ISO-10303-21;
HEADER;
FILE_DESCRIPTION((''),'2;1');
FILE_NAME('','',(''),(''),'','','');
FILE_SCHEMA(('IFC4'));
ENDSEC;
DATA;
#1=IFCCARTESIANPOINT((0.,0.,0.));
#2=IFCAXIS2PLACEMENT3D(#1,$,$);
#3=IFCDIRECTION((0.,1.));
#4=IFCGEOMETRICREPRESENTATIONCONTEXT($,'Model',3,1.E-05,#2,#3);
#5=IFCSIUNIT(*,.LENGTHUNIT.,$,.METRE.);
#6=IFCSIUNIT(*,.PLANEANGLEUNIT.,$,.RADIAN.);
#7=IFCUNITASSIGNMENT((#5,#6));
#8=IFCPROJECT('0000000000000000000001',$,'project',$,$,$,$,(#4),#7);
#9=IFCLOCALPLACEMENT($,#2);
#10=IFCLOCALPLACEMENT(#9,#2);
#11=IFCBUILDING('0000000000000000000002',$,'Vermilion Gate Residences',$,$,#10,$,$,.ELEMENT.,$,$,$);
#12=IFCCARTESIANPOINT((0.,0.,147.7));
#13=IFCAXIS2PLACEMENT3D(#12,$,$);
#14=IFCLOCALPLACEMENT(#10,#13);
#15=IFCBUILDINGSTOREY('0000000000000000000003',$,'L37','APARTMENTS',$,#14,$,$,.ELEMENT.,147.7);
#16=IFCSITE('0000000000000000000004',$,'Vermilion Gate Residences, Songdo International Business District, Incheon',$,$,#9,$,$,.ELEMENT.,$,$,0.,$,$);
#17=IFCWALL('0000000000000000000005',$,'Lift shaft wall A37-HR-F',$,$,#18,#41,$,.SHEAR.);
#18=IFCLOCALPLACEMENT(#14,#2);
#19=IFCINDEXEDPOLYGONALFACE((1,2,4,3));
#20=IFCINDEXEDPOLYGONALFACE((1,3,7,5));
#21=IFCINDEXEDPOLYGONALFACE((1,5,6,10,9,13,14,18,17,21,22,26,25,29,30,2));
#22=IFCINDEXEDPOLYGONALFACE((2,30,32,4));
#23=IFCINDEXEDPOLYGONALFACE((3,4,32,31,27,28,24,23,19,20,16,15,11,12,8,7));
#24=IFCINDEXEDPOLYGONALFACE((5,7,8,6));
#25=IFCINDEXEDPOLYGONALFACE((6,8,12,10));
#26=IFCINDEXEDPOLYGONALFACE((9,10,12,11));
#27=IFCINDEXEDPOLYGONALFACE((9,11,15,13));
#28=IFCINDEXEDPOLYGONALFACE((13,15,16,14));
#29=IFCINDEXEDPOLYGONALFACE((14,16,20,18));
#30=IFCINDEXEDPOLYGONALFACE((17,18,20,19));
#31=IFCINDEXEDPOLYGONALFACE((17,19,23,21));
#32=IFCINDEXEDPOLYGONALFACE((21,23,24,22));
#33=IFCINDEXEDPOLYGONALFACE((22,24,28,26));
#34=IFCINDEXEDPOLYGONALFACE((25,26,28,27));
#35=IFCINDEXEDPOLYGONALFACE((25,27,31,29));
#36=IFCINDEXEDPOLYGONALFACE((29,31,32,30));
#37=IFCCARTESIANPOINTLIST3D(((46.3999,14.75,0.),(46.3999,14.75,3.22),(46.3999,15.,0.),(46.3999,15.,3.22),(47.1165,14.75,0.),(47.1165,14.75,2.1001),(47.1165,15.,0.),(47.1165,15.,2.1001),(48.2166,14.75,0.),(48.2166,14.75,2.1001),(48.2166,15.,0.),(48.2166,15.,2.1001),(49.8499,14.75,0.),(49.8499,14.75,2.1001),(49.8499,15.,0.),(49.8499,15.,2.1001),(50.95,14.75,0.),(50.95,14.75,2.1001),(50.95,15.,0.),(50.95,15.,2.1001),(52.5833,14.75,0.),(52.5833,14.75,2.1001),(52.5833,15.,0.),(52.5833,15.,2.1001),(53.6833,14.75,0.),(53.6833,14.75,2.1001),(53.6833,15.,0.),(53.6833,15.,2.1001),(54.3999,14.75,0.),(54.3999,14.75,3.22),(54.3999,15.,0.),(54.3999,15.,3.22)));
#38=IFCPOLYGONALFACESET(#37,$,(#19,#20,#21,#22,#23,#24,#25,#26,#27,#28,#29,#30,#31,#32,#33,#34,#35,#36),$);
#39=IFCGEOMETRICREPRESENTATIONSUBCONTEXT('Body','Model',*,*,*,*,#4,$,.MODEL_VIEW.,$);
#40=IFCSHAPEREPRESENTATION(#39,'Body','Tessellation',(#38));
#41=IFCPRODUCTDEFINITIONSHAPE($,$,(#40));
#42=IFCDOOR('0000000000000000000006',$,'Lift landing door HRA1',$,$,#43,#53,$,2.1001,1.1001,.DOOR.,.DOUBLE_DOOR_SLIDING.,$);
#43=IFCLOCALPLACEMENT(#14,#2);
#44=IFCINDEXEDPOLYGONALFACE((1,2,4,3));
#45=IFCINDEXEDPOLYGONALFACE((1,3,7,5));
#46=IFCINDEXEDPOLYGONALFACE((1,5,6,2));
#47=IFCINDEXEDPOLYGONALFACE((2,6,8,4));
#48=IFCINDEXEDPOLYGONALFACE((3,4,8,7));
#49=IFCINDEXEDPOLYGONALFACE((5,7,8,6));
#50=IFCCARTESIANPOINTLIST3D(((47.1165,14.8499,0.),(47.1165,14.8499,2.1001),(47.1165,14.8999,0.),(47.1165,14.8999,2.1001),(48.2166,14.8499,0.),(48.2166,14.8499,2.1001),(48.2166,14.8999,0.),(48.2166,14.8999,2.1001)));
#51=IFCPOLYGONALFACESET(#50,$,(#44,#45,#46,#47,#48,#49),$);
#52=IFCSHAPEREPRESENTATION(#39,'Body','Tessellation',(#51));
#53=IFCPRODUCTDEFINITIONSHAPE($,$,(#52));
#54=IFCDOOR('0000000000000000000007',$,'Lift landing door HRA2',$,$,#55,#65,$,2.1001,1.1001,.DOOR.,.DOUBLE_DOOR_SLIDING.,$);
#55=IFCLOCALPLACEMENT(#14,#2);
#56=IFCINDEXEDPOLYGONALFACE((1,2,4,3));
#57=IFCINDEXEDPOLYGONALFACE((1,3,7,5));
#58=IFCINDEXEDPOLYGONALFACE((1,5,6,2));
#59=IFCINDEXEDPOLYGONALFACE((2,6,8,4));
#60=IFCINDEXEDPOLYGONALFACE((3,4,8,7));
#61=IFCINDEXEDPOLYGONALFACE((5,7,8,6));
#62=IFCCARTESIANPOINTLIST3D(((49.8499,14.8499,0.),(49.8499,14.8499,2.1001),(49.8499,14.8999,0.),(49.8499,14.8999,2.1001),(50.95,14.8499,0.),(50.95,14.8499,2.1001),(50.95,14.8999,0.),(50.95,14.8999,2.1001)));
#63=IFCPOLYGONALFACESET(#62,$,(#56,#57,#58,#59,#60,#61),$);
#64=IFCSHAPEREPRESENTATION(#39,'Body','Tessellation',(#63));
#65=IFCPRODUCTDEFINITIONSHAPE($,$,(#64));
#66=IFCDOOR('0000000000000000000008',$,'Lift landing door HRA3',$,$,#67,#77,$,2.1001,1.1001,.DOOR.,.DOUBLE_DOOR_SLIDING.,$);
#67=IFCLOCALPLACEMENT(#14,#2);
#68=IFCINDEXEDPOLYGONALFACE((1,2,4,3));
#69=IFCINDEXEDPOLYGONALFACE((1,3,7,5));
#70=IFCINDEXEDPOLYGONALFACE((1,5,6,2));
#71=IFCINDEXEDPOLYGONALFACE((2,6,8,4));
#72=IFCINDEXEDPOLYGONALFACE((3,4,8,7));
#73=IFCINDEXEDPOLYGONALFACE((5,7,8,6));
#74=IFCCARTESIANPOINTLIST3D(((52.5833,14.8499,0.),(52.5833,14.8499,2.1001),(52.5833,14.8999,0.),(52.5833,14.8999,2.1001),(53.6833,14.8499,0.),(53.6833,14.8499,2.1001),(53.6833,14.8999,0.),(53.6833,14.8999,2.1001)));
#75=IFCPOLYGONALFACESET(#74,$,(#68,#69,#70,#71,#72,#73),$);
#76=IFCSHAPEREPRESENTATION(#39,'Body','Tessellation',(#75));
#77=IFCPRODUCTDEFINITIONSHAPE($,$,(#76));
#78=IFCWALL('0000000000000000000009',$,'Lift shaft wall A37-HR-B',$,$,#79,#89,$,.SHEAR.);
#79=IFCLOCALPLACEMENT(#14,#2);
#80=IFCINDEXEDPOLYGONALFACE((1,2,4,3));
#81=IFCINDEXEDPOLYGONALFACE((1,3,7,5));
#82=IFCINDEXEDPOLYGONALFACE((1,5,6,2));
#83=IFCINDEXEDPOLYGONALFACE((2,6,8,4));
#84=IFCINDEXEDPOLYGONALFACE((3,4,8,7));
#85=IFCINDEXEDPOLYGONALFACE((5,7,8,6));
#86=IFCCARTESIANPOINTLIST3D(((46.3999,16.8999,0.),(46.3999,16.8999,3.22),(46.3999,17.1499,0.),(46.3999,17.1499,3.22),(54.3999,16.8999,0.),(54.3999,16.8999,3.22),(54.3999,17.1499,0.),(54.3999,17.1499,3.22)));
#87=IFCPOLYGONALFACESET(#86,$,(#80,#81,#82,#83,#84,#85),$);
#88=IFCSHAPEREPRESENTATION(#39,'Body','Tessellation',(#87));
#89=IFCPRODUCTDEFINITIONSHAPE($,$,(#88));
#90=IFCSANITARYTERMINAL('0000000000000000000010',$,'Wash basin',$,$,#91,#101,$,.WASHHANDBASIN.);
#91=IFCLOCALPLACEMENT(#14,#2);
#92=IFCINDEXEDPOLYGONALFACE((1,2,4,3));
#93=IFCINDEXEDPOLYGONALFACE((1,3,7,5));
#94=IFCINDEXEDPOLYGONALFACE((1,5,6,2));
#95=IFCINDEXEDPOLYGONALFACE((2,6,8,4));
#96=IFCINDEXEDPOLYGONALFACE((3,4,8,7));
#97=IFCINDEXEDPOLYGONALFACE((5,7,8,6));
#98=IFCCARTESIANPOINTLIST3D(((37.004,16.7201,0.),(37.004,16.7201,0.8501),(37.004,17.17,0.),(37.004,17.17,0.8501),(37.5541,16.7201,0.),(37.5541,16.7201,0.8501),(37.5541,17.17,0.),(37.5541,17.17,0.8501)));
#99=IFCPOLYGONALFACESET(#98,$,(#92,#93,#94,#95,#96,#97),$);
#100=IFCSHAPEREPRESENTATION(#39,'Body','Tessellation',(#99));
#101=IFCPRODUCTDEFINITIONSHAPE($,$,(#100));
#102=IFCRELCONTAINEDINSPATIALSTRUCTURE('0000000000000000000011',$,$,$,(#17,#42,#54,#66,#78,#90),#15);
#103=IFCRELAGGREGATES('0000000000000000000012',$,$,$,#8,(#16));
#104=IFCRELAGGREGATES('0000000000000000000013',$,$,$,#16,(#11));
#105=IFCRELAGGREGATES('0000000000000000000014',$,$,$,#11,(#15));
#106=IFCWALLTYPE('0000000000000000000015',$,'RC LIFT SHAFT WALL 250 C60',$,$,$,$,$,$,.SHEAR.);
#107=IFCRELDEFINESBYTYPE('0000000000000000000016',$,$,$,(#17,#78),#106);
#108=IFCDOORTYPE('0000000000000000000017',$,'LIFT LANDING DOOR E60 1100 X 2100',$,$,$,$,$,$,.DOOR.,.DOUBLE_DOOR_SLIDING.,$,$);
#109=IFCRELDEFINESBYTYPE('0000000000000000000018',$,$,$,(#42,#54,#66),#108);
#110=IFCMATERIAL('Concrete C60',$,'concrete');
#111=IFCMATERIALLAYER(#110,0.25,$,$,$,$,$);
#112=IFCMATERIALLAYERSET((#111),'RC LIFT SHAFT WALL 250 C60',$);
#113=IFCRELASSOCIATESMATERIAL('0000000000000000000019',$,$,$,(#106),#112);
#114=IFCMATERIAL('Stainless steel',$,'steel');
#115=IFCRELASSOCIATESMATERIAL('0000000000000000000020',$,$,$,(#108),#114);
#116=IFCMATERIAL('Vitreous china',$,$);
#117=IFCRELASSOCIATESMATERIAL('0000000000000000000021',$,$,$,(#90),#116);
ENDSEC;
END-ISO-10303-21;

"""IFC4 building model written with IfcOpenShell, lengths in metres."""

from ifc_helpers import new_model, si_unit, direction, frame, frame_2d, origin, origin_2d, place, context, subcontext, project, spatial, rectangle, extrude, material, layer, layer_set, type_object, element, fill, save


model = new_model("IFC4")

# Units and contexts
model_context = context("Model", 3, precision=1e-05, world=origin(), true_north=direction((0.0, 1.0)))
body_context = subcontext(model_context, "Body", "Model", "MODEL_VIEW")
ifc_project = project(units=[si_unit("LENGTHUNIT", "METRE"), si_unit("PLANEANGLEUNIT", "RADIAN")], contexts=[model_context])

# Site, building, storey
site_placement = place(None, origin())
site = spatial("IfcSite", under=ifc_project, at=site_placement, Name="Vermilion Gate Residences, Songdo International Business District, Incheon", CompositionType="ELEMENT", RefElevation=0.0)
building_placement = place(site_placement, origin())
building = spatial("IfcBuilding", under=site, at=building_placement, Name="Vermilion Gate Residences", CompositionType="ELEMENT")
storey_placement = place(building_placement, frame((0.0, 0.0, 147.7)))
storey = spatial("IfcBuildingStorey", under=building, at=storey_placement, Name="L37", Description="APARTMENTS", CompositionType="ELEMENT", Elevation=147.7)

# Wall, openings, doors
ifc_material_1 = material(Name="Concrete C60", Category="concrete")
ifc_layer_1 = layer(ifc_material_1, 0.25)
ifc_layer_set_1 = layer_set([ifc_layer_1], Name="RC LIFT SHAFT WALL 250 C60")
wall_type_1 = type_object("IfcWallType", Name="RC LIFT SHAFT WALL 250 C60", PredefinedType="SHEAR", material=ifc_layer_set_1)
wall_1_placement = place(storey_placement, frame((46.3999, 14.875, 0.0), z_axis=(0.0, 0.0, 1.0), x_axis=(1.0, 0.0, 0.0)))
wall_1 = element("IfcWall", 1, at=wall_1_placement, inside=storey, type_object=wall_type_1, Name="Lift shaft wall A37-HR-F", PredefinedType="SHEAR", context=body_context, shape_type="SweptSolid", body=[
    extrude(rectangle(XDim=8.0, YDim=0.25, at=frame_2d((4.0, 0.0))), origin(), (0.0, 0.0, 1.0), 3.22),
])
opening_1_placement = place(wall_1_placement, frame((0.7166, 0.0, 0.0)))
opening_1 = element("IfcOpeningElement", 2, at=opening_1_placement, cuts=wall_1, PredefinedType="OPENING", context=body_context, shape_type="SweptSolid", body=[
    extrude(rectangle(XDim=1.1001, YDim=2.1001, at=frame_2d((0.55, 1.05))), frame((0.0, 0.135, 0.0), z_axis=(0.0, -1.0, 0.0), x_axis=(1.0, 0.0, 0.0)), (0.0, 0.0, 1.0), 0.27),
])
opening_2_placement = place(wall_1_placement, frame((3.45, 0.0, 0.0)))
opening_2 = element("IfcOpeningElement", 3, at=opening_2_placement, cuts=wall_1, PredefinedType="OPENING", context=body_context, shape_type="SweptSolid", body=[
    extrude(rectangle(XDim=1.1001, YDim=2.1001, at=frame_2d((0.55, 1.05))), frame((0.0, 0.135, 0.0), z_axis=(0.0, -1.0, 0.0), x_axis=(1.0, 0.0, 0.0)), (0.0, 0.0, 1.0), 0.27),
])
opening_3_placement = place(wall_1_placement, frame((6.1833, 0.0, 0.0)))
opening_3 = element("IfcOpeningElement", 4, at=opening_3_placement, cuts=wall_1, PredefinedType="OPENING", context=body_context, shape_type="SweptSolid", body=[
    extrude(rectangle(XDim=1.1001, YDim=2.1001, at=frame_2d((0.55, 1.05))), frame((0.0, 0.135, 0.0), z_axis=(0.0, -1.0, 0.0), x_axis=(1.0, 0.0, 0.0)), (0.0, 0.0, 1.0), 0.27),
])
ifc_material_2 = material(Name="Stainless steel", Category="steel")
door_type_1 = type_object("IfcDoorType", Name="LIFT LANDING DOOR E60 1100 X 2100", OperationType="DOUBLE_DOOR_SLIDING", PredefinedType="DOOR", material=ifc_material_2)
door_1_placement = place(opening_1_placement, origin())
door_1 = element("IfcDoor", 5, at=door_1_placement, inside=storey, type_object=door_type_1, Name="Lift landing door HRA1", OperationType="DOUBLE_DOOR_SLIDING", OverallHeight=2.1001, OverallWidth=1.1001, PredefinedType="DOOR", context=body_context, shape_type="SweptSolid", body=[
    extrude(rectangle(XDim=1.1001, YDim=2.1001, at=frame_2d((0.55, 1.05))), frame((0.0, 0.0249, 0.0), z_axis=(0.0, -1.0, 0.0), x_axis=(1.0, 0.0, 0.0)), (0.0, 0.0, 1.0), 0.05),
])
fill(opening_1, door_1)
door_2_placement = place(opening_2_placement, origin())
door_2 = element("IfcDoor", 6, at=door_2_placement, inside=storey, type_object=door_type_1, Name="Lift landing door HRA2", OperationType="DOUBLE_DOOR_SLIDING", OverallHeight=2.1001, OverallWidth=1.1001, PredefinedType="DOOR", context=body_context, shape_type="SweptSolid", body=[
    extrude(rectangle(XDim=1.1001, YDim=2.1001, at=frame_2d((0.55, 1.05))), frame((0.0, 0.0249, 0.0), z_axis=(0.0, -1.0, 0.0), x_axis=(1.0, 0.0, 0.0)), (0.0, 0.0, 1.0), 0.05),
])
fill(opening_2, door_2)
door_3_placement = place(opening_3_placement, origin())
door_3 = element("IfcDoor", 7, at=door_3_placement, inside=storey, type_object=door_type_1, Name="Lift landing door HRA3", OperationType="DOUBLE_DOOR_SLIDING", OverallHeight=2.1001, OverallWidth=1.1001, PredefinedType="DOOR", context=body_context, shape_type="SweptSolid", body=[
    extrude(rectangle(XDim=1.1001, YDim=2.1001, at=frame_2d((0.55, 1.05))), frame((0.0, 0.0249, 0.0), z_axis=(0.0, -1.0, 0.0), x_axis=(1.0, 0.0, 0.0)), (0.0, 0.0, 1.0), 0.05),
])
fill(opening_3, door_3)

# Wall
wall_2_placement = place(storey_placement, frame((46.3999, 17.0249, 0.0), z_axis=(0.0, 0.0, 1.0), x_axis=(1.0, 0.0, 0.0)))
element("IfcWall", 8, at=wall_2_placement, inside=storey, type_object=wall_type_1, Name="Lift shaft wall A37-HR-B", PredefinedType="SHEAR", context=body_context, shape_type="SweptSolid", body=[
    extrude(rectangle(XDim=8.0, YDim=0.25, at=frame_2d((4.0, 0.0))), origin(), (0.0, 0.0, 1.0), 3.22),
])

# Sanitary terminal
ifc_material_3 = material(Name="Vitreous china")
sanitary_terminal_placement = place(storey_placement, frame((37.2791, 16.9451, 0.0), z_axis=(0.0, 0.0, 1.0), x_axis=(1.0, 0.0, 0.0)))
element("IfcSanitaryTerminal", 9, at=sanitary_terminal_placement, inside=storey, material=ifc_material_3, Name="Wash basin", PredefinedType="WASHHANDBASIN", context=body_context, shape_type="SweptSolid", body=[
    extrude(rectangle(XDim=0.55, YDim=0.45, at=origin_2d()), origin(), (0.0, 0.0, 1.0), 0.8501),
])

save(model, "model.ifc")
